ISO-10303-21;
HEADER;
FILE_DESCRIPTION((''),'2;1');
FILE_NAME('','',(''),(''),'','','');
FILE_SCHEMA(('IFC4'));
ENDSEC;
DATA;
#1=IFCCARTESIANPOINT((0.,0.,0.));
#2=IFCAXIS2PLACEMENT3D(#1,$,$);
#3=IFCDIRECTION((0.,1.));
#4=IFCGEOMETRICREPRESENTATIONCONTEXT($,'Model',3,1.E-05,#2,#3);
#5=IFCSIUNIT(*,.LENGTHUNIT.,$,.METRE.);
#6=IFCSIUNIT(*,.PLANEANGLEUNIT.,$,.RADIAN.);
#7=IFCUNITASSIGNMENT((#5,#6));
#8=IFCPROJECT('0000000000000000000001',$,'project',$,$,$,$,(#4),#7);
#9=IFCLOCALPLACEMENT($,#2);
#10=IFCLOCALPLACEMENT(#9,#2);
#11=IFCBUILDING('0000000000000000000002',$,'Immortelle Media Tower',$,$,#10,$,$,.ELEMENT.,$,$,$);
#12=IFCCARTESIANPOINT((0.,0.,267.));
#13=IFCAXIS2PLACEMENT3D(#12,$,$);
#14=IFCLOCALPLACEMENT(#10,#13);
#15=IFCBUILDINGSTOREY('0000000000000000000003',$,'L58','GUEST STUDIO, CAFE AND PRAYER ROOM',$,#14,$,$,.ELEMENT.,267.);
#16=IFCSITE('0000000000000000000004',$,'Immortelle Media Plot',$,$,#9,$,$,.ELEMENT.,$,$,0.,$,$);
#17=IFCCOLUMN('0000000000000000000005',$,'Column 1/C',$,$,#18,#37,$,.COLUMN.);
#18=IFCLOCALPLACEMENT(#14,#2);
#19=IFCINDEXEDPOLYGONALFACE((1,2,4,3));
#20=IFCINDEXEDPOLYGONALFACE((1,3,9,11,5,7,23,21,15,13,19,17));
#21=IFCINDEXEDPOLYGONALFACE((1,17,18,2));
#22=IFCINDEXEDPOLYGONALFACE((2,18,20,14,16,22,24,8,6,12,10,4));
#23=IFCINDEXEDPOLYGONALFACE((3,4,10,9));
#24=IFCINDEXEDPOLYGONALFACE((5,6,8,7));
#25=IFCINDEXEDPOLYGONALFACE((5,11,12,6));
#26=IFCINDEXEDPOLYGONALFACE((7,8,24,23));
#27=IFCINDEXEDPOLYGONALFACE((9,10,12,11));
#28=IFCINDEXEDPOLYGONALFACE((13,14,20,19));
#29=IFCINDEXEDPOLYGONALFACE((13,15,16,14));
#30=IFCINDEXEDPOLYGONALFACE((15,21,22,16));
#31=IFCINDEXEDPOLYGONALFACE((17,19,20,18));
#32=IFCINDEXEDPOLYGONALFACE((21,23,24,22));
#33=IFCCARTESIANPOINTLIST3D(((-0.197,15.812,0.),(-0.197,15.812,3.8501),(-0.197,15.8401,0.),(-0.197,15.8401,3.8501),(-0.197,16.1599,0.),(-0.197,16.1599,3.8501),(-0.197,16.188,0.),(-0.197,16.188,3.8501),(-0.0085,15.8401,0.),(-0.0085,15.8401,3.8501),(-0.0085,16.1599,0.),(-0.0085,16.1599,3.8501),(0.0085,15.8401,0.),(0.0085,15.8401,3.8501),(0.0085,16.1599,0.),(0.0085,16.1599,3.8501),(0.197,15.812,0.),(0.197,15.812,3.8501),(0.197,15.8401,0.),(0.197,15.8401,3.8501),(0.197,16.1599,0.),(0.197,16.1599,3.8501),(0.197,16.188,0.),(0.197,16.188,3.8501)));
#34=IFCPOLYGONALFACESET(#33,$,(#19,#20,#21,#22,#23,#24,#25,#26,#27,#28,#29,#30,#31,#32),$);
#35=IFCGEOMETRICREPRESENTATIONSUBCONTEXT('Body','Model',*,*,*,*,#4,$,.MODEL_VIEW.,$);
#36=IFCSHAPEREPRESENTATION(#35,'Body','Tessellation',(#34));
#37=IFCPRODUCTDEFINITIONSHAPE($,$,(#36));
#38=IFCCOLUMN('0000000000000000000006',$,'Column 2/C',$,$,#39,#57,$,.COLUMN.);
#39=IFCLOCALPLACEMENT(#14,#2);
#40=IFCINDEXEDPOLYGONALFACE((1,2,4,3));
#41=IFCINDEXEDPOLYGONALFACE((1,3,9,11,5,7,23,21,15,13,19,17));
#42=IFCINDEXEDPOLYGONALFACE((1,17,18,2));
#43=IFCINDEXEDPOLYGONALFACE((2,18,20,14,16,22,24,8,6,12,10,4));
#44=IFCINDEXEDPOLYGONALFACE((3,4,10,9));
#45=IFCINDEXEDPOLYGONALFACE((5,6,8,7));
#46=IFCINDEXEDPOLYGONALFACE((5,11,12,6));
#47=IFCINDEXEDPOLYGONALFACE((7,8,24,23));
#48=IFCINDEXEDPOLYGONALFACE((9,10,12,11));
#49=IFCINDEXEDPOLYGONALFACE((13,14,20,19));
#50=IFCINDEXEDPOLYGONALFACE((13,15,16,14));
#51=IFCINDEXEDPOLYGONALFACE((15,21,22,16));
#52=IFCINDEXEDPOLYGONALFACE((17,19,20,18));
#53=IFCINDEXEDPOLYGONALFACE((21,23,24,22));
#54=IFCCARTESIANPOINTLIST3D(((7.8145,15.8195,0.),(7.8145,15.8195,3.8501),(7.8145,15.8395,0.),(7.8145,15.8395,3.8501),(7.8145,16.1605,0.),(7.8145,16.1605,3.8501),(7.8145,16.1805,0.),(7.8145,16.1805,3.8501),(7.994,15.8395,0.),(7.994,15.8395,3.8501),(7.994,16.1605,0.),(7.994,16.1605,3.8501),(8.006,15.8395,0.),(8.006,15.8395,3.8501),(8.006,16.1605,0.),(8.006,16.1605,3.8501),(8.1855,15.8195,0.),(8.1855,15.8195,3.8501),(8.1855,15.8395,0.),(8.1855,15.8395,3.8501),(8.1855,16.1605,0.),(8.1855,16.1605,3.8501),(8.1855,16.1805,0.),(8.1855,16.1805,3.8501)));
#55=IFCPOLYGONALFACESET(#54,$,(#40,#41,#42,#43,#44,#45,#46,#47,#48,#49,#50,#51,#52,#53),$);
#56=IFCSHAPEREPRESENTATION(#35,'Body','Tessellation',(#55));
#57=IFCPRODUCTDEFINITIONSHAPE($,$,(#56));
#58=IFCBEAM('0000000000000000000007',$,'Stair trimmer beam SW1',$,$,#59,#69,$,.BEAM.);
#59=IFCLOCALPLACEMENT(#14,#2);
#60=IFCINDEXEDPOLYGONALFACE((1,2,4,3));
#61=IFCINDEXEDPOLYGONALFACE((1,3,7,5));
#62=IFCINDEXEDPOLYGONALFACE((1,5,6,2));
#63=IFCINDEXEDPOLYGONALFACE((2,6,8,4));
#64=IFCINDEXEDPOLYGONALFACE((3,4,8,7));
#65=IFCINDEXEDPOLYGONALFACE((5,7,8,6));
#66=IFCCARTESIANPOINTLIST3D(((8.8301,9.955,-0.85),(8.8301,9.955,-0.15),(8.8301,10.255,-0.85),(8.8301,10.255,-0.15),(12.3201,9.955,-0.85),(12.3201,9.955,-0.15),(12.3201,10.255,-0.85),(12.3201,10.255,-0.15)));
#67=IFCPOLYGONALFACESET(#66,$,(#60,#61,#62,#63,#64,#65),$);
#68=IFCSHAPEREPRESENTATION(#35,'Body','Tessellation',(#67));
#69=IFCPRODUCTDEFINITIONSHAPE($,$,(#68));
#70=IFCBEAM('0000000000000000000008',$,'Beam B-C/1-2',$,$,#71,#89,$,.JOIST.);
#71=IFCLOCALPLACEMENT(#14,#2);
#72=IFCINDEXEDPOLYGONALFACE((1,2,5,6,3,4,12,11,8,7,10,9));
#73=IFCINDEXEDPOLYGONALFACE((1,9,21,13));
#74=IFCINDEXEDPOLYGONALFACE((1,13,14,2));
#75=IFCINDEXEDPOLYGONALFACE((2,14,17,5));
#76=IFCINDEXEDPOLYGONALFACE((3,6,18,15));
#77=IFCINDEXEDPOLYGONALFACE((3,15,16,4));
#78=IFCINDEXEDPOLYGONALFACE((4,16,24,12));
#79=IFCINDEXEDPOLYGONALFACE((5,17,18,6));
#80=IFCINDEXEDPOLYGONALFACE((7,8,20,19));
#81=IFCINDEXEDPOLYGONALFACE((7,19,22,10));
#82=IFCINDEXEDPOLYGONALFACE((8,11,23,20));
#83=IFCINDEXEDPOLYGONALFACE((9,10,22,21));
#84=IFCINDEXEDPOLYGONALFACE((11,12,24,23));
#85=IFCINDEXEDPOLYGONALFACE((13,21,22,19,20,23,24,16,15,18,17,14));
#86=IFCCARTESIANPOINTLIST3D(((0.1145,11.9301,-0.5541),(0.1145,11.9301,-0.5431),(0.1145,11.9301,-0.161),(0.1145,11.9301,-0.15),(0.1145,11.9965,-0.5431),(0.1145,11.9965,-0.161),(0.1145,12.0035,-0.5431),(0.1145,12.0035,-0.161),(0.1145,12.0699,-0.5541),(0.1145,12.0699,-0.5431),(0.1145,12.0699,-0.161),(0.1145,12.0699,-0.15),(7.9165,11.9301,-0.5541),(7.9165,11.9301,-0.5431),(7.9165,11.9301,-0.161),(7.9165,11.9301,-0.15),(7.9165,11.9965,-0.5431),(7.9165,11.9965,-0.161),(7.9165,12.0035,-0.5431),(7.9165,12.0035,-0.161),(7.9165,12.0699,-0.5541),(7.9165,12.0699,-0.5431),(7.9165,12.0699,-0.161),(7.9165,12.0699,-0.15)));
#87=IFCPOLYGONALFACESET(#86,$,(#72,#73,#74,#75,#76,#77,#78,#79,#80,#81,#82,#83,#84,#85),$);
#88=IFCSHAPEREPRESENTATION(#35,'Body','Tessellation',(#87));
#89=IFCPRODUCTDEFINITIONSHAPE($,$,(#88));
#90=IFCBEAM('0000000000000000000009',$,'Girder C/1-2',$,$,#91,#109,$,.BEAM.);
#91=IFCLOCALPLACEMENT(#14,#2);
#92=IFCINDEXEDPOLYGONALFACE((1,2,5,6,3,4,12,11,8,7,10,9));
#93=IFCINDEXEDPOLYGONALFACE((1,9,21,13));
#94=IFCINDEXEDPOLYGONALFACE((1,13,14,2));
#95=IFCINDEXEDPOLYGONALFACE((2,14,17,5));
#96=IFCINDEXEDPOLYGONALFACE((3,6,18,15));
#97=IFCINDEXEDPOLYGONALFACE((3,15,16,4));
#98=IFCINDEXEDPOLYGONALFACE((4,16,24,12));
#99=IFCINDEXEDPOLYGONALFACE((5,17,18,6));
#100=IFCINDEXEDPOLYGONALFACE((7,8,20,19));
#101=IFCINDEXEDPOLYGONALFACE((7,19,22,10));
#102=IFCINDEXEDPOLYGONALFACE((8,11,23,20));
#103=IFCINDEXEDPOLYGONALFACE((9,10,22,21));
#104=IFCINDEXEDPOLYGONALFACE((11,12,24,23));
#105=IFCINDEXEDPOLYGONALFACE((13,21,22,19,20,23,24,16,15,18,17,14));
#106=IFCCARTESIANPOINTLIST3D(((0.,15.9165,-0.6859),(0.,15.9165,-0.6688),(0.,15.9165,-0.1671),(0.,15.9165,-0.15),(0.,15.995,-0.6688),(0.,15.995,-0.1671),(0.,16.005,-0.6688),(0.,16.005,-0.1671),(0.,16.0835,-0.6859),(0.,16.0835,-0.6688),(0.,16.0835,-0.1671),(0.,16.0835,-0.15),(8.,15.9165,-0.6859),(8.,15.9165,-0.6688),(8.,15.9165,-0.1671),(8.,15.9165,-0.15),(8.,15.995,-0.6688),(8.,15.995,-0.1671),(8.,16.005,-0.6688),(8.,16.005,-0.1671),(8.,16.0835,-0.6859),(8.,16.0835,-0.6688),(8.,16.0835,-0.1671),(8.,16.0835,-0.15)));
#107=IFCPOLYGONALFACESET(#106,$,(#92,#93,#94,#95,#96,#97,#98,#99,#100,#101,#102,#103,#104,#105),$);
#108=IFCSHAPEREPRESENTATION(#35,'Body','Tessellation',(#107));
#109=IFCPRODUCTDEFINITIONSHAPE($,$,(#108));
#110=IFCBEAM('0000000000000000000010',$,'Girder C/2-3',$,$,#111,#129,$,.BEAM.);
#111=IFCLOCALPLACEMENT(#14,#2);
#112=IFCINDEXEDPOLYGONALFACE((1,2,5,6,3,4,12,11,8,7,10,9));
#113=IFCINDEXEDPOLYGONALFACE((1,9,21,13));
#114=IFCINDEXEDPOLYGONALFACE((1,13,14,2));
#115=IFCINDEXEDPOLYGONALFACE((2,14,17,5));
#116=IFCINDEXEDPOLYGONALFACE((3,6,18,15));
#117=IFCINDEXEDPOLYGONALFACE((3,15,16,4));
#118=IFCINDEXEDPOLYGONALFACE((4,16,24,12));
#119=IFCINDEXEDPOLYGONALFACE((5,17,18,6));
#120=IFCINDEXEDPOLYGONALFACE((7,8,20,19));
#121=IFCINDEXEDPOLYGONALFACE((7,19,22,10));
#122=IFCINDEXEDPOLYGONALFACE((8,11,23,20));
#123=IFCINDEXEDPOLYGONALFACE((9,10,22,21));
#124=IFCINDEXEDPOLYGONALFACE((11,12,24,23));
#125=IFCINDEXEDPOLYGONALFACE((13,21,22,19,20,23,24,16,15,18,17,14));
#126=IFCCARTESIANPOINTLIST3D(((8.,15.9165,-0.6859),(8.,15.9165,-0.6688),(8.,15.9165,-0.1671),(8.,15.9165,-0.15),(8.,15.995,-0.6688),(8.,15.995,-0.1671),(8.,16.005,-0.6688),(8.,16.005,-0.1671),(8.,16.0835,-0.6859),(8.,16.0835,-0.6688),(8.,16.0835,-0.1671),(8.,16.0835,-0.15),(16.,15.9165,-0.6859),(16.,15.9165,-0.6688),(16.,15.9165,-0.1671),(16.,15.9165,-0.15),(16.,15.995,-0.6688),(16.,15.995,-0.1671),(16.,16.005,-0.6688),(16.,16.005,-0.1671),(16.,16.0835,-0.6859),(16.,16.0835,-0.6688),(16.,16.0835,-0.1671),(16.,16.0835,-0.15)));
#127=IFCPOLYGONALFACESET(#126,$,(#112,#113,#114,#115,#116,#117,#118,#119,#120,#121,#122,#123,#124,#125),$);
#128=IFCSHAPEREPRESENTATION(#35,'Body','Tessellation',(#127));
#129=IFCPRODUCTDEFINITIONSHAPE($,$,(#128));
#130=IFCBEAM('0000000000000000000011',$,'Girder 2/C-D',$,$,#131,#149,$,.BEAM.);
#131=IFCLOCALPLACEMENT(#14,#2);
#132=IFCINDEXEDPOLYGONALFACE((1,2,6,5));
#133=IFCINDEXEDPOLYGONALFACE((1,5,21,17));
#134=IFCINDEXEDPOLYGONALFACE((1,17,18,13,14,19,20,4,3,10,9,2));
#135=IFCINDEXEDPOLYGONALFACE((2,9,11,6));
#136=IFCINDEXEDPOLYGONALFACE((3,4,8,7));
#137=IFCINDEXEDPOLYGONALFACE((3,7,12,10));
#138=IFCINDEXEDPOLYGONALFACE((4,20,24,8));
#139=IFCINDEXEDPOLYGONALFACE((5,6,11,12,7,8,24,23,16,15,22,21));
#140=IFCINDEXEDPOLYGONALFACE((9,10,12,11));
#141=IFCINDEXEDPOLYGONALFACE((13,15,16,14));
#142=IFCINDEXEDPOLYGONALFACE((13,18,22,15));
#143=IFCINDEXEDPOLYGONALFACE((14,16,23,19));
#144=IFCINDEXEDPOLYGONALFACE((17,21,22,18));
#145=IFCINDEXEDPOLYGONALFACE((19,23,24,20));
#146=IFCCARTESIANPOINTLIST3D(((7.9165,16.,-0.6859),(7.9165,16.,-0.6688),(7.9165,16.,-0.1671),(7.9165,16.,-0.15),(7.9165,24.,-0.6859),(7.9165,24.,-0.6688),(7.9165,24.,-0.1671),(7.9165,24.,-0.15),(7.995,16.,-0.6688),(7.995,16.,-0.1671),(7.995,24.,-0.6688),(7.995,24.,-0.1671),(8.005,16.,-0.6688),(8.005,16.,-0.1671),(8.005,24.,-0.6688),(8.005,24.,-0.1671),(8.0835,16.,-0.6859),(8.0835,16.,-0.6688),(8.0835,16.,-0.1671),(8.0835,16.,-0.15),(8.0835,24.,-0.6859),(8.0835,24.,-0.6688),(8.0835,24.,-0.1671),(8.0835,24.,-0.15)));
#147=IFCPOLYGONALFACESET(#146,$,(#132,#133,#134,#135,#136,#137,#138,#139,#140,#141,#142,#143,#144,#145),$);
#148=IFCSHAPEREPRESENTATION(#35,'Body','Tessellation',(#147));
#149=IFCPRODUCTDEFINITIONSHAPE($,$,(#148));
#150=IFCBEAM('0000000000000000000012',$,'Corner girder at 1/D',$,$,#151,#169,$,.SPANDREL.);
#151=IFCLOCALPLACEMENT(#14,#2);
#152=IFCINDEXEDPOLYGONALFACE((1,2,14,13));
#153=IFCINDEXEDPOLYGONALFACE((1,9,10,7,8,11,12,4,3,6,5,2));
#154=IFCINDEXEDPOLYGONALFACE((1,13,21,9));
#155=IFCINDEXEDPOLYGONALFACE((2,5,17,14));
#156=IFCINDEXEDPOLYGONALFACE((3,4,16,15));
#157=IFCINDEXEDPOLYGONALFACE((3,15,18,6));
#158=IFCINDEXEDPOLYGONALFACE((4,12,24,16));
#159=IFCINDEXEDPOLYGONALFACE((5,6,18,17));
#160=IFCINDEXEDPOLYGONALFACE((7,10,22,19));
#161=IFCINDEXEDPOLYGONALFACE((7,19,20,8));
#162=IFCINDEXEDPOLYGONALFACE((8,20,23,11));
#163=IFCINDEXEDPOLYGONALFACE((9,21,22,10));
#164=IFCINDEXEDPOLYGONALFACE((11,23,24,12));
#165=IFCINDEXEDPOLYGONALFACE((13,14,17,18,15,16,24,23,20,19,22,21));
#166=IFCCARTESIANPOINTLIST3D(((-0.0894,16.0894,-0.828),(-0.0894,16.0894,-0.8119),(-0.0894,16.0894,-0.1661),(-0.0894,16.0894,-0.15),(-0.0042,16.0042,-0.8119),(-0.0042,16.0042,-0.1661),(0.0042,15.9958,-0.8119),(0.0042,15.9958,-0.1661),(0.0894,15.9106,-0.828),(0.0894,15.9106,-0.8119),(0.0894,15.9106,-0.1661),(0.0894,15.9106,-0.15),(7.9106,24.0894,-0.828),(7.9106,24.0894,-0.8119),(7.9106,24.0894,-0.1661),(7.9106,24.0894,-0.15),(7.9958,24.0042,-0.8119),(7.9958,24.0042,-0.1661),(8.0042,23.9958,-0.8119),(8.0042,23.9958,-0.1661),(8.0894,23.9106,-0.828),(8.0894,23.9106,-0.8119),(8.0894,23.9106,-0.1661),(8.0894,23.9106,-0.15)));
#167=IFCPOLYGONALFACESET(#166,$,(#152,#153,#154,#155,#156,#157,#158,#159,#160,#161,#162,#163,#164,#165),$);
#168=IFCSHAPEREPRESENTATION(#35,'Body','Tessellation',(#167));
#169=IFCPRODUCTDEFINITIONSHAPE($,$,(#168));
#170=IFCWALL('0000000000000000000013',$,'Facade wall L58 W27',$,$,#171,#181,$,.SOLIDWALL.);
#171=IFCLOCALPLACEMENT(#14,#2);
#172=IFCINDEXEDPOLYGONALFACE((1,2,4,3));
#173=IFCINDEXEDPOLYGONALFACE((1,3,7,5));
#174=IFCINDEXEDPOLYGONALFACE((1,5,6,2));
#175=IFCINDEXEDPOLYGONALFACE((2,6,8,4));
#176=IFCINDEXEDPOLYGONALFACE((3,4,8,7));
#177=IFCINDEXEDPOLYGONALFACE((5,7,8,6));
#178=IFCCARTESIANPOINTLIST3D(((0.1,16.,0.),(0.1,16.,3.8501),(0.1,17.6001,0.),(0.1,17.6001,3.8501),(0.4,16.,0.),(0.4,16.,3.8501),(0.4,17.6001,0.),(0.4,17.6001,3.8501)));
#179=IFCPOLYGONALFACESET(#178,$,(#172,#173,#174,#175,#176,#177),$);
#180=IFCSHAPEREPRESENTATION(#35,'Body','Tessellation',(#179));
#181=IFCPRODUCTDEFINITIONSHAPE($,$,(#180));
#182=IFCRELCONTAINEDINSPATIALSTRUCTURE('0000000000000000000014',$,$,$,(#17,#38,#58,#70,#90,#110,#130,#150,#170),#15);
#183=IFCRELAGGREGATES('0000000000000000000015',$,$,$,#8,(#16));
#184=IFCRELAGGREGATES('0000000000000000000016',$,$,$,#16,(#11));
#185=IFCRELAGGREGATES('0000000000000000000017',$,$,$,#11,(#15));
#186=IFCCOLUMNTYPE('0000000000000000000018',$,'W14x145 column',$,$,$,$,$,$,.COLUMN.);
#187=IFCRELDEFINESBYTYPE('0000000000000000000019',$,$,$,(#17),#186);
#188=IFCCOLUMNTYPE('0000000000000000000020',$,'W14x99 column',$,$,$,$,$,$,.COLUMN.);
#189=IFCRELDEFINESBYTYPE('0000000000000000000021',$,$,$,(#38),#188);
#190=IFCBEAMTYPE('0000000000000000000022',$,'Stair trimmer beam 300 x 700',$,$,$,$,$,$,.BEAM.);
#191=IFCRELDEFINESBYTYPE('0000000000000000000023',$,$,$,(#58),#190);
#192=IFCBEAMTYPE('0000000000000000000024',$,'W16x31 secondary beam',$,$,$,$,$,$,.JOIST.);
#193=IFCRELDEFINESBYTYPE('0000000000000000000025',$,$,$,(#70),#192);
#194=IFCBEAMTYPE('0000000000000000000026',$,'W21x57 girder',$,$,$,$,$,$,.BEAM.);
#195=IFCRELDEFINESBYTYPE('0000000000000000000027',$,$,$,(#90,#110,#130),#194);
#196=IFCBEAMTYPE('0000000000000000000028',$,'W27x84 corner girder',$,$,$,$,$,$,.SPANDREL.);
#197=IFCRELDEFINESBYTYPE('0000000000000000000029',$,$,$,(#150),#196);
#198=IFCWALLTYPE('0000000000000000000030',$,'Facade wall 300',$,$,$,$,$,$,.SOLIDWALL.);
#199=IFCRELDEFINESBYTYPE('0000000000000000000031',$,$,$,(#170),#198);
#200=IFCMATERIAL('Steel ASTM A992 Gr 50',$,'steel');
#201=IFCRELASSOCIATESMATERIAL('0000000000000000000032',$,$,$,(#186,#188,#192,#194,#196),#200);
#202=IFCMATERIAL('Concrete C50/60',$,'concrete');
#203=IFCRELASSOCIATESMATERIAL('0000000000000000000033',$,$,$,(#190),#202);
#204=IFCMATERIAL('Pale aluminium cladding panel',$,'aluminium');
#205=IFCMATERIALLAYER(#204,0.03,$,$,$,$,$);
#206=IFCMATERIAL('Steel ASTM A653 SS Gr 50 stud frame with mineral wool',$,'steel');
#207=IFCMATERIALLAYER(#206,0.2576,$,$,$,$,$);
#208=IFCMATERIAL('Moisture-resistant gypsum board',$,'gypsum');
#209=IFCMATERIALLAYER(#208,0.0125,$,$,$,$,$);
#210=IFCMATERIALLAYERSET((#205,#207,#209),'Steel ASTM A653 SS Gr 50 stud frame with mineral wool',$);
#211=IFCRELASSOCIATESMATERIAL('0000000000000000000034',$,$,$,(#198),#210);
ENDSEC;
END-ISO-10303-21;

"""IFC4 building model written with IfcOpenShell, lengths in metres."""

from ifc_helpers import new_model, si_unit, direction, frame, frame_2d, origin, origin_2d, place, context, subcontext, project, spatial, rectangle, i_section, extrude, material, layer, layer_set, material_profile, profile_set, type_object, element, save


model = new_model("IFC4")

# Units and contexts
model_context = context("Model", 3, precision=1e-05, world=origin(), true_north=direction((0.0, 1.0)))
body_context = subcontext(model_context, "Body", "Model", "MODEL_VIEW")
ifc_project = project(units=[si_unit("LENGTHUNIT", "METRE"), si_unit("PLANEANGLEUNIT", "RADIAN")], contexts=[model_context])

# Site, building, storey
site_placement = place(None, origin())
site = spatial("IfcSite", under=ifc_project, at=site_placement, Name="Immortelle Media Plot", CompositionType="ELEMENT", RefElevation=0.0)
building_placement = place(site_placement, origin())
building = spatial("IfcBuilding", under=site, at=building_placement, Name="Immortelle Media Tower", CompositionType="ELEMENT")
storey_placement = place(building_placement, frame((0.0, 0.0, 267.0)))
storey = spatial("IfcBuildingStorey", under=building, at=storey_placement, Name="L58", Description="GUEST STUDIO, CAFE AND PRAYER ROOM", CompositionType="ELEMENT", Elevation=267.0)

# Columns
ifc_material_1 = material(Name="Steel ASTM A992 Gr 50", Category="steel")
ifc_material_profile_1 = material_profile(ifc_material_1, i_section(OverallWidth=0.394, OverallDepth=0.376, WebThickness=0.0171, FlangeThickness=0.0281, at=origin_2d()), Name="W14x145")
ifc_profile_set_1 = profile_set([ifc_material_profile_1], Name="Steel ASTM A992 Gr 50")
column_type_1 = type_object("IfcColumnType", Name="W14x145 column", PredefinedType="COLUMN", material=ifc_profile_set_1)
column_1_placement = place(storey_placement, frame((0.0, 16.0, 0.0), z_axis=(0.0, 0.0, 1.0), x_axis=(1.0, 0.0, 0.0)))
element("IfcColumn", 1, at=column_1_placement, inside=storey, type_object=column_type_1, Name="Column 1/C", PredefinedType="COLUMN", context=body_context, shape_type="SweptSolid", body=[
    extrude(i_section(OverallWidth=0.394, OverallDepth=0.376, WebThickness=0.0171, FlangeThickness=0.0281, at=origin_2d()), origin(), (0.0, 0.0, 1.0), 3.8501),
])
ifc_material_profile_2 = material_profile(ifc_material_1, i_section(OverallWidth=0.3711, OverallDepth=0.3611, WebThickness=0.012, FlangeThickness=0.02, at=origin_2d()), Name="W14x99")
ifc_profile_set_2 = profile_set([ifc_material_profile_2], Name="Steel ASTM A992 Gr 50")
column_type_2 = type_object("IfcColumnType", Name="W14x99 column", PredefinedType="COLUMN", material=ifc_profile_set_2)
column_2_placement = place(storey_placement, frame((8.0, 16.0, 0.0), z_axis=(0.0, 0.0, 1.0), x_axis=(1.0, 0.0, 0.0)))
element("IfcColumn", 2, at=column_2_placement, inside=storey, type_object=column_type_2, Name="Column 2/C", PredefinedType="COLUMN", context=body_context, shape_type="SweptSolid", body=[
    extrude(i_section(OverallWidth=0.3711, OverallDepth=0.3611, WebThickness=0.012, FlangeThickness=0.02, at=origin_2d()), origin(), (0.0, 0.0, 1.0), 3.8501),
])

# Beams
ifc_material_2 = material(Name="Concrete C50/60", Category="concrete")
ifc_material_profile_3 = material_profile(ifc_material_2, rectangle(XDim=0.3, YDim=0.7, at=origin_2d()), Name="RC 300x700")
ifc_profile_set_3 = profile_set([ifc_material_profile_3], Name="Concrete C50/60")
beam_type_1 = type_object("IfcBeamType", Name="Stair trimmer beam 300 x 700", PredefinedType="BEAM", material=ifc_profile_set_3)
beam_1_placement = place(storey_placement, frame((8.8301, 10.105, -0.5), z_axis=(1.0, 0.0, 0.0), x_axis=(0.0, 1.0, 0.0)))
element("IfcBeam", 3, at=beam_1_placement, inside=storey, type_object=beam_type_1, Name="Stair trimmer beam SW1", PredefinedType="BEAM", context=body_context, shape_type="SweptSolid", body=[
    extrude(rectangle(XDim=0.3, YDim=0.7, at=origin_2d()), origin(), (0.0, 0.0, 1.0), 3.49),
])
ifc_material_profile_4 = material_profile(ifc_material_1, i_section(OverallWidth=0.1399, OverallDepth=0.4041, WebThickness=0.0071, FlangeThickness=0.011, at=origin_2d()), Name="W16x31")
ifc_profile_set_4 = profile_set([ifc_material_profile_4], Name="Steel ASTM A992 Gr 50")
beam_type_2 = type_object("IfcBeamType", Name="W16x31 secondary beam", PredefinedType="JOIST", material=ifc_profile_set_4)
beam_2_placement = place(storey_placement, frame((0.1145, 12.0, -0.3521), z_axis=(1.0, 0.0, 0.0), x_axis=(0.0, 1.0, 0.0)))
element("IfcBeam", 4, at=beam_2_placement, inside=storey, type_object=beam_type_2, Name="Beam B-C/1-2", PredefinedType="JOIST", context=body_context, shape_type="SweptSolid", body=[
    extrude(i_section(OverallWidth=0.1399, OverallDepth=0.4041, WebThickness=0.0071, FlangeThickness=0.011, at=origin_2d()), origin(), (0.0, 0.0, 1.0), 7.802),
])
ifc_material_profile_5 = material_profile(ifc_material_1, i_section(OverallWidth=0.167, OverallDepth=0.5359, WebThickness=0.01, FlangeThickness=0.0171, at=origin_2d()), Name="W21x57")
ifc_profile_set_5 = profile_set([ifc_material_profile_5], Name="Steel ASTM A992 Gr 50")
beam_type_3 = type_object("IfcBeamType", Name="W21x57 girder", PredefinedType="BEAM", material=ifc_profile_set_5)
for number, where, z_axis, x_axis, name in (
    (5, (0.0, 16.0, -0.418), (1.0, 0.0, 0.0), (0.0, 1.0, 0.0), "Girder C/1-2"),
    (6, (8.0, 16.0, -0.418), (1.0, 0.0, 0.0), (0.0, 1.0, 0.0), "Girder C/2-3"),
    (7, (8.0, 16.0, -0.418), (0.0, 1.0, 0.0), (-1.0, 0.0, 0.0), "Girder 2/C-D"),
):
    element("IfcBeam", number, at=place(storey_placement, frame(where, z_axis=z_axis, x_axis=x_axis)), inside=storey, type_object=beam_type_3, Name=name, PredefinedType="BEAM", context=body_context, shape_type="SweptSolid", body=[
        extrude(i_section(OverallWidth=0.167, OverallDepth=0.5359, WebThickness=0.01, FlangeThickness=0.0171, at=origin_2d()), origin(), (0.0, 0.0, 1.0), 8.0),
    ])
ifc_material_profile_6 = material_profile(ifc_material_1, i_section(OverallWidth=0.2529, OverallDepth=0.678, WebThickness=0.012, FlangeThickness=0.0161, at=origin_2d()), Name="W27x84")
ifc_profile_set_6 = profile_set([ifc_material_profile_6], Name="Steel ASTM A992 Gr 50")
beam_type_4 = type_object("IfcBeamType", Name="W27x84 corner girder", PredefinedType="SPANDREL", material=ifc_profile_set_6)
beam_3_placement = place(storey_placement, frame((0.0, 16.0, -0.489), z_axis=(0.707107, 0.707107, 0.0), x_axis=(-0.707107, 0.707107, 0.0)))
element("IfcBeam", 8, at=beam_3_placement, inside=storey, type_object=beam_type_4, Name="Corner girder at 1/D", PredefinedType="SPANDREL", context=body_context, shape_type="SweptSolid", body=[
    extrude(i_section(OverallWidth=0.2529, OverallDepth=0.678, WebThickness=0.012, FlangeThickness=0.0161, at=origin_2d()), origin(), (0.0, 0.0, 1.0), 11.3137),
])

# Wall
ifc_material_3 = material(Name="Pale aluminium cladding panel", Category="aluminium")
ifc_layer_1 = layer(ifc_material_3, 0.03)
ifc_material_4 = material(Name="Steel ASTM A653 SS Gr 50 stud frame with mineral wool", Category="steel")
ifc_layer_2 = layer(ifc_material_4, 0.2576)
ifc_material_5 = material(Name="Moisture-resistant gypsum board", Category="gypsum")
ifc_layer_3 = layer(ifc_material_5, 0.0125)
ifc_layer_set_1 = layer_set([ifc_layer_1, ifc_layer_2, ifc_layer_3], Name="Steel ASTM A653 SS Gr 50 stud frame with mineral wool")
wall_type_1 = type_object("IfcWallType", Name="Facade wall 300", PredefinedType="SOLIDWALL", material=ifc_layer_set_1)
wall_1_placement = place(storey_placement, frame((0.25, 17.6001, 0.0), z_axis=(0.0, 0.0, 1.0), x_axis=(0.0, -1.0, 0.0)))
element("IfcWall", 9, at=wall_1_placement, inside=storey, type_object=wall_type_1, Name="Facade wall L58 W27", PredefinedType="SOLIDWALL", context=body_context, shape_type="SweptSolid", body=[
    extrude(rectangle(XDim=1.6001, YDim=0.3, at=frame_2d((0.8, 0.0))), origin(), (0.0, 0.0, 1.0), 3.8501),
])

save(model, "model.ifc")
